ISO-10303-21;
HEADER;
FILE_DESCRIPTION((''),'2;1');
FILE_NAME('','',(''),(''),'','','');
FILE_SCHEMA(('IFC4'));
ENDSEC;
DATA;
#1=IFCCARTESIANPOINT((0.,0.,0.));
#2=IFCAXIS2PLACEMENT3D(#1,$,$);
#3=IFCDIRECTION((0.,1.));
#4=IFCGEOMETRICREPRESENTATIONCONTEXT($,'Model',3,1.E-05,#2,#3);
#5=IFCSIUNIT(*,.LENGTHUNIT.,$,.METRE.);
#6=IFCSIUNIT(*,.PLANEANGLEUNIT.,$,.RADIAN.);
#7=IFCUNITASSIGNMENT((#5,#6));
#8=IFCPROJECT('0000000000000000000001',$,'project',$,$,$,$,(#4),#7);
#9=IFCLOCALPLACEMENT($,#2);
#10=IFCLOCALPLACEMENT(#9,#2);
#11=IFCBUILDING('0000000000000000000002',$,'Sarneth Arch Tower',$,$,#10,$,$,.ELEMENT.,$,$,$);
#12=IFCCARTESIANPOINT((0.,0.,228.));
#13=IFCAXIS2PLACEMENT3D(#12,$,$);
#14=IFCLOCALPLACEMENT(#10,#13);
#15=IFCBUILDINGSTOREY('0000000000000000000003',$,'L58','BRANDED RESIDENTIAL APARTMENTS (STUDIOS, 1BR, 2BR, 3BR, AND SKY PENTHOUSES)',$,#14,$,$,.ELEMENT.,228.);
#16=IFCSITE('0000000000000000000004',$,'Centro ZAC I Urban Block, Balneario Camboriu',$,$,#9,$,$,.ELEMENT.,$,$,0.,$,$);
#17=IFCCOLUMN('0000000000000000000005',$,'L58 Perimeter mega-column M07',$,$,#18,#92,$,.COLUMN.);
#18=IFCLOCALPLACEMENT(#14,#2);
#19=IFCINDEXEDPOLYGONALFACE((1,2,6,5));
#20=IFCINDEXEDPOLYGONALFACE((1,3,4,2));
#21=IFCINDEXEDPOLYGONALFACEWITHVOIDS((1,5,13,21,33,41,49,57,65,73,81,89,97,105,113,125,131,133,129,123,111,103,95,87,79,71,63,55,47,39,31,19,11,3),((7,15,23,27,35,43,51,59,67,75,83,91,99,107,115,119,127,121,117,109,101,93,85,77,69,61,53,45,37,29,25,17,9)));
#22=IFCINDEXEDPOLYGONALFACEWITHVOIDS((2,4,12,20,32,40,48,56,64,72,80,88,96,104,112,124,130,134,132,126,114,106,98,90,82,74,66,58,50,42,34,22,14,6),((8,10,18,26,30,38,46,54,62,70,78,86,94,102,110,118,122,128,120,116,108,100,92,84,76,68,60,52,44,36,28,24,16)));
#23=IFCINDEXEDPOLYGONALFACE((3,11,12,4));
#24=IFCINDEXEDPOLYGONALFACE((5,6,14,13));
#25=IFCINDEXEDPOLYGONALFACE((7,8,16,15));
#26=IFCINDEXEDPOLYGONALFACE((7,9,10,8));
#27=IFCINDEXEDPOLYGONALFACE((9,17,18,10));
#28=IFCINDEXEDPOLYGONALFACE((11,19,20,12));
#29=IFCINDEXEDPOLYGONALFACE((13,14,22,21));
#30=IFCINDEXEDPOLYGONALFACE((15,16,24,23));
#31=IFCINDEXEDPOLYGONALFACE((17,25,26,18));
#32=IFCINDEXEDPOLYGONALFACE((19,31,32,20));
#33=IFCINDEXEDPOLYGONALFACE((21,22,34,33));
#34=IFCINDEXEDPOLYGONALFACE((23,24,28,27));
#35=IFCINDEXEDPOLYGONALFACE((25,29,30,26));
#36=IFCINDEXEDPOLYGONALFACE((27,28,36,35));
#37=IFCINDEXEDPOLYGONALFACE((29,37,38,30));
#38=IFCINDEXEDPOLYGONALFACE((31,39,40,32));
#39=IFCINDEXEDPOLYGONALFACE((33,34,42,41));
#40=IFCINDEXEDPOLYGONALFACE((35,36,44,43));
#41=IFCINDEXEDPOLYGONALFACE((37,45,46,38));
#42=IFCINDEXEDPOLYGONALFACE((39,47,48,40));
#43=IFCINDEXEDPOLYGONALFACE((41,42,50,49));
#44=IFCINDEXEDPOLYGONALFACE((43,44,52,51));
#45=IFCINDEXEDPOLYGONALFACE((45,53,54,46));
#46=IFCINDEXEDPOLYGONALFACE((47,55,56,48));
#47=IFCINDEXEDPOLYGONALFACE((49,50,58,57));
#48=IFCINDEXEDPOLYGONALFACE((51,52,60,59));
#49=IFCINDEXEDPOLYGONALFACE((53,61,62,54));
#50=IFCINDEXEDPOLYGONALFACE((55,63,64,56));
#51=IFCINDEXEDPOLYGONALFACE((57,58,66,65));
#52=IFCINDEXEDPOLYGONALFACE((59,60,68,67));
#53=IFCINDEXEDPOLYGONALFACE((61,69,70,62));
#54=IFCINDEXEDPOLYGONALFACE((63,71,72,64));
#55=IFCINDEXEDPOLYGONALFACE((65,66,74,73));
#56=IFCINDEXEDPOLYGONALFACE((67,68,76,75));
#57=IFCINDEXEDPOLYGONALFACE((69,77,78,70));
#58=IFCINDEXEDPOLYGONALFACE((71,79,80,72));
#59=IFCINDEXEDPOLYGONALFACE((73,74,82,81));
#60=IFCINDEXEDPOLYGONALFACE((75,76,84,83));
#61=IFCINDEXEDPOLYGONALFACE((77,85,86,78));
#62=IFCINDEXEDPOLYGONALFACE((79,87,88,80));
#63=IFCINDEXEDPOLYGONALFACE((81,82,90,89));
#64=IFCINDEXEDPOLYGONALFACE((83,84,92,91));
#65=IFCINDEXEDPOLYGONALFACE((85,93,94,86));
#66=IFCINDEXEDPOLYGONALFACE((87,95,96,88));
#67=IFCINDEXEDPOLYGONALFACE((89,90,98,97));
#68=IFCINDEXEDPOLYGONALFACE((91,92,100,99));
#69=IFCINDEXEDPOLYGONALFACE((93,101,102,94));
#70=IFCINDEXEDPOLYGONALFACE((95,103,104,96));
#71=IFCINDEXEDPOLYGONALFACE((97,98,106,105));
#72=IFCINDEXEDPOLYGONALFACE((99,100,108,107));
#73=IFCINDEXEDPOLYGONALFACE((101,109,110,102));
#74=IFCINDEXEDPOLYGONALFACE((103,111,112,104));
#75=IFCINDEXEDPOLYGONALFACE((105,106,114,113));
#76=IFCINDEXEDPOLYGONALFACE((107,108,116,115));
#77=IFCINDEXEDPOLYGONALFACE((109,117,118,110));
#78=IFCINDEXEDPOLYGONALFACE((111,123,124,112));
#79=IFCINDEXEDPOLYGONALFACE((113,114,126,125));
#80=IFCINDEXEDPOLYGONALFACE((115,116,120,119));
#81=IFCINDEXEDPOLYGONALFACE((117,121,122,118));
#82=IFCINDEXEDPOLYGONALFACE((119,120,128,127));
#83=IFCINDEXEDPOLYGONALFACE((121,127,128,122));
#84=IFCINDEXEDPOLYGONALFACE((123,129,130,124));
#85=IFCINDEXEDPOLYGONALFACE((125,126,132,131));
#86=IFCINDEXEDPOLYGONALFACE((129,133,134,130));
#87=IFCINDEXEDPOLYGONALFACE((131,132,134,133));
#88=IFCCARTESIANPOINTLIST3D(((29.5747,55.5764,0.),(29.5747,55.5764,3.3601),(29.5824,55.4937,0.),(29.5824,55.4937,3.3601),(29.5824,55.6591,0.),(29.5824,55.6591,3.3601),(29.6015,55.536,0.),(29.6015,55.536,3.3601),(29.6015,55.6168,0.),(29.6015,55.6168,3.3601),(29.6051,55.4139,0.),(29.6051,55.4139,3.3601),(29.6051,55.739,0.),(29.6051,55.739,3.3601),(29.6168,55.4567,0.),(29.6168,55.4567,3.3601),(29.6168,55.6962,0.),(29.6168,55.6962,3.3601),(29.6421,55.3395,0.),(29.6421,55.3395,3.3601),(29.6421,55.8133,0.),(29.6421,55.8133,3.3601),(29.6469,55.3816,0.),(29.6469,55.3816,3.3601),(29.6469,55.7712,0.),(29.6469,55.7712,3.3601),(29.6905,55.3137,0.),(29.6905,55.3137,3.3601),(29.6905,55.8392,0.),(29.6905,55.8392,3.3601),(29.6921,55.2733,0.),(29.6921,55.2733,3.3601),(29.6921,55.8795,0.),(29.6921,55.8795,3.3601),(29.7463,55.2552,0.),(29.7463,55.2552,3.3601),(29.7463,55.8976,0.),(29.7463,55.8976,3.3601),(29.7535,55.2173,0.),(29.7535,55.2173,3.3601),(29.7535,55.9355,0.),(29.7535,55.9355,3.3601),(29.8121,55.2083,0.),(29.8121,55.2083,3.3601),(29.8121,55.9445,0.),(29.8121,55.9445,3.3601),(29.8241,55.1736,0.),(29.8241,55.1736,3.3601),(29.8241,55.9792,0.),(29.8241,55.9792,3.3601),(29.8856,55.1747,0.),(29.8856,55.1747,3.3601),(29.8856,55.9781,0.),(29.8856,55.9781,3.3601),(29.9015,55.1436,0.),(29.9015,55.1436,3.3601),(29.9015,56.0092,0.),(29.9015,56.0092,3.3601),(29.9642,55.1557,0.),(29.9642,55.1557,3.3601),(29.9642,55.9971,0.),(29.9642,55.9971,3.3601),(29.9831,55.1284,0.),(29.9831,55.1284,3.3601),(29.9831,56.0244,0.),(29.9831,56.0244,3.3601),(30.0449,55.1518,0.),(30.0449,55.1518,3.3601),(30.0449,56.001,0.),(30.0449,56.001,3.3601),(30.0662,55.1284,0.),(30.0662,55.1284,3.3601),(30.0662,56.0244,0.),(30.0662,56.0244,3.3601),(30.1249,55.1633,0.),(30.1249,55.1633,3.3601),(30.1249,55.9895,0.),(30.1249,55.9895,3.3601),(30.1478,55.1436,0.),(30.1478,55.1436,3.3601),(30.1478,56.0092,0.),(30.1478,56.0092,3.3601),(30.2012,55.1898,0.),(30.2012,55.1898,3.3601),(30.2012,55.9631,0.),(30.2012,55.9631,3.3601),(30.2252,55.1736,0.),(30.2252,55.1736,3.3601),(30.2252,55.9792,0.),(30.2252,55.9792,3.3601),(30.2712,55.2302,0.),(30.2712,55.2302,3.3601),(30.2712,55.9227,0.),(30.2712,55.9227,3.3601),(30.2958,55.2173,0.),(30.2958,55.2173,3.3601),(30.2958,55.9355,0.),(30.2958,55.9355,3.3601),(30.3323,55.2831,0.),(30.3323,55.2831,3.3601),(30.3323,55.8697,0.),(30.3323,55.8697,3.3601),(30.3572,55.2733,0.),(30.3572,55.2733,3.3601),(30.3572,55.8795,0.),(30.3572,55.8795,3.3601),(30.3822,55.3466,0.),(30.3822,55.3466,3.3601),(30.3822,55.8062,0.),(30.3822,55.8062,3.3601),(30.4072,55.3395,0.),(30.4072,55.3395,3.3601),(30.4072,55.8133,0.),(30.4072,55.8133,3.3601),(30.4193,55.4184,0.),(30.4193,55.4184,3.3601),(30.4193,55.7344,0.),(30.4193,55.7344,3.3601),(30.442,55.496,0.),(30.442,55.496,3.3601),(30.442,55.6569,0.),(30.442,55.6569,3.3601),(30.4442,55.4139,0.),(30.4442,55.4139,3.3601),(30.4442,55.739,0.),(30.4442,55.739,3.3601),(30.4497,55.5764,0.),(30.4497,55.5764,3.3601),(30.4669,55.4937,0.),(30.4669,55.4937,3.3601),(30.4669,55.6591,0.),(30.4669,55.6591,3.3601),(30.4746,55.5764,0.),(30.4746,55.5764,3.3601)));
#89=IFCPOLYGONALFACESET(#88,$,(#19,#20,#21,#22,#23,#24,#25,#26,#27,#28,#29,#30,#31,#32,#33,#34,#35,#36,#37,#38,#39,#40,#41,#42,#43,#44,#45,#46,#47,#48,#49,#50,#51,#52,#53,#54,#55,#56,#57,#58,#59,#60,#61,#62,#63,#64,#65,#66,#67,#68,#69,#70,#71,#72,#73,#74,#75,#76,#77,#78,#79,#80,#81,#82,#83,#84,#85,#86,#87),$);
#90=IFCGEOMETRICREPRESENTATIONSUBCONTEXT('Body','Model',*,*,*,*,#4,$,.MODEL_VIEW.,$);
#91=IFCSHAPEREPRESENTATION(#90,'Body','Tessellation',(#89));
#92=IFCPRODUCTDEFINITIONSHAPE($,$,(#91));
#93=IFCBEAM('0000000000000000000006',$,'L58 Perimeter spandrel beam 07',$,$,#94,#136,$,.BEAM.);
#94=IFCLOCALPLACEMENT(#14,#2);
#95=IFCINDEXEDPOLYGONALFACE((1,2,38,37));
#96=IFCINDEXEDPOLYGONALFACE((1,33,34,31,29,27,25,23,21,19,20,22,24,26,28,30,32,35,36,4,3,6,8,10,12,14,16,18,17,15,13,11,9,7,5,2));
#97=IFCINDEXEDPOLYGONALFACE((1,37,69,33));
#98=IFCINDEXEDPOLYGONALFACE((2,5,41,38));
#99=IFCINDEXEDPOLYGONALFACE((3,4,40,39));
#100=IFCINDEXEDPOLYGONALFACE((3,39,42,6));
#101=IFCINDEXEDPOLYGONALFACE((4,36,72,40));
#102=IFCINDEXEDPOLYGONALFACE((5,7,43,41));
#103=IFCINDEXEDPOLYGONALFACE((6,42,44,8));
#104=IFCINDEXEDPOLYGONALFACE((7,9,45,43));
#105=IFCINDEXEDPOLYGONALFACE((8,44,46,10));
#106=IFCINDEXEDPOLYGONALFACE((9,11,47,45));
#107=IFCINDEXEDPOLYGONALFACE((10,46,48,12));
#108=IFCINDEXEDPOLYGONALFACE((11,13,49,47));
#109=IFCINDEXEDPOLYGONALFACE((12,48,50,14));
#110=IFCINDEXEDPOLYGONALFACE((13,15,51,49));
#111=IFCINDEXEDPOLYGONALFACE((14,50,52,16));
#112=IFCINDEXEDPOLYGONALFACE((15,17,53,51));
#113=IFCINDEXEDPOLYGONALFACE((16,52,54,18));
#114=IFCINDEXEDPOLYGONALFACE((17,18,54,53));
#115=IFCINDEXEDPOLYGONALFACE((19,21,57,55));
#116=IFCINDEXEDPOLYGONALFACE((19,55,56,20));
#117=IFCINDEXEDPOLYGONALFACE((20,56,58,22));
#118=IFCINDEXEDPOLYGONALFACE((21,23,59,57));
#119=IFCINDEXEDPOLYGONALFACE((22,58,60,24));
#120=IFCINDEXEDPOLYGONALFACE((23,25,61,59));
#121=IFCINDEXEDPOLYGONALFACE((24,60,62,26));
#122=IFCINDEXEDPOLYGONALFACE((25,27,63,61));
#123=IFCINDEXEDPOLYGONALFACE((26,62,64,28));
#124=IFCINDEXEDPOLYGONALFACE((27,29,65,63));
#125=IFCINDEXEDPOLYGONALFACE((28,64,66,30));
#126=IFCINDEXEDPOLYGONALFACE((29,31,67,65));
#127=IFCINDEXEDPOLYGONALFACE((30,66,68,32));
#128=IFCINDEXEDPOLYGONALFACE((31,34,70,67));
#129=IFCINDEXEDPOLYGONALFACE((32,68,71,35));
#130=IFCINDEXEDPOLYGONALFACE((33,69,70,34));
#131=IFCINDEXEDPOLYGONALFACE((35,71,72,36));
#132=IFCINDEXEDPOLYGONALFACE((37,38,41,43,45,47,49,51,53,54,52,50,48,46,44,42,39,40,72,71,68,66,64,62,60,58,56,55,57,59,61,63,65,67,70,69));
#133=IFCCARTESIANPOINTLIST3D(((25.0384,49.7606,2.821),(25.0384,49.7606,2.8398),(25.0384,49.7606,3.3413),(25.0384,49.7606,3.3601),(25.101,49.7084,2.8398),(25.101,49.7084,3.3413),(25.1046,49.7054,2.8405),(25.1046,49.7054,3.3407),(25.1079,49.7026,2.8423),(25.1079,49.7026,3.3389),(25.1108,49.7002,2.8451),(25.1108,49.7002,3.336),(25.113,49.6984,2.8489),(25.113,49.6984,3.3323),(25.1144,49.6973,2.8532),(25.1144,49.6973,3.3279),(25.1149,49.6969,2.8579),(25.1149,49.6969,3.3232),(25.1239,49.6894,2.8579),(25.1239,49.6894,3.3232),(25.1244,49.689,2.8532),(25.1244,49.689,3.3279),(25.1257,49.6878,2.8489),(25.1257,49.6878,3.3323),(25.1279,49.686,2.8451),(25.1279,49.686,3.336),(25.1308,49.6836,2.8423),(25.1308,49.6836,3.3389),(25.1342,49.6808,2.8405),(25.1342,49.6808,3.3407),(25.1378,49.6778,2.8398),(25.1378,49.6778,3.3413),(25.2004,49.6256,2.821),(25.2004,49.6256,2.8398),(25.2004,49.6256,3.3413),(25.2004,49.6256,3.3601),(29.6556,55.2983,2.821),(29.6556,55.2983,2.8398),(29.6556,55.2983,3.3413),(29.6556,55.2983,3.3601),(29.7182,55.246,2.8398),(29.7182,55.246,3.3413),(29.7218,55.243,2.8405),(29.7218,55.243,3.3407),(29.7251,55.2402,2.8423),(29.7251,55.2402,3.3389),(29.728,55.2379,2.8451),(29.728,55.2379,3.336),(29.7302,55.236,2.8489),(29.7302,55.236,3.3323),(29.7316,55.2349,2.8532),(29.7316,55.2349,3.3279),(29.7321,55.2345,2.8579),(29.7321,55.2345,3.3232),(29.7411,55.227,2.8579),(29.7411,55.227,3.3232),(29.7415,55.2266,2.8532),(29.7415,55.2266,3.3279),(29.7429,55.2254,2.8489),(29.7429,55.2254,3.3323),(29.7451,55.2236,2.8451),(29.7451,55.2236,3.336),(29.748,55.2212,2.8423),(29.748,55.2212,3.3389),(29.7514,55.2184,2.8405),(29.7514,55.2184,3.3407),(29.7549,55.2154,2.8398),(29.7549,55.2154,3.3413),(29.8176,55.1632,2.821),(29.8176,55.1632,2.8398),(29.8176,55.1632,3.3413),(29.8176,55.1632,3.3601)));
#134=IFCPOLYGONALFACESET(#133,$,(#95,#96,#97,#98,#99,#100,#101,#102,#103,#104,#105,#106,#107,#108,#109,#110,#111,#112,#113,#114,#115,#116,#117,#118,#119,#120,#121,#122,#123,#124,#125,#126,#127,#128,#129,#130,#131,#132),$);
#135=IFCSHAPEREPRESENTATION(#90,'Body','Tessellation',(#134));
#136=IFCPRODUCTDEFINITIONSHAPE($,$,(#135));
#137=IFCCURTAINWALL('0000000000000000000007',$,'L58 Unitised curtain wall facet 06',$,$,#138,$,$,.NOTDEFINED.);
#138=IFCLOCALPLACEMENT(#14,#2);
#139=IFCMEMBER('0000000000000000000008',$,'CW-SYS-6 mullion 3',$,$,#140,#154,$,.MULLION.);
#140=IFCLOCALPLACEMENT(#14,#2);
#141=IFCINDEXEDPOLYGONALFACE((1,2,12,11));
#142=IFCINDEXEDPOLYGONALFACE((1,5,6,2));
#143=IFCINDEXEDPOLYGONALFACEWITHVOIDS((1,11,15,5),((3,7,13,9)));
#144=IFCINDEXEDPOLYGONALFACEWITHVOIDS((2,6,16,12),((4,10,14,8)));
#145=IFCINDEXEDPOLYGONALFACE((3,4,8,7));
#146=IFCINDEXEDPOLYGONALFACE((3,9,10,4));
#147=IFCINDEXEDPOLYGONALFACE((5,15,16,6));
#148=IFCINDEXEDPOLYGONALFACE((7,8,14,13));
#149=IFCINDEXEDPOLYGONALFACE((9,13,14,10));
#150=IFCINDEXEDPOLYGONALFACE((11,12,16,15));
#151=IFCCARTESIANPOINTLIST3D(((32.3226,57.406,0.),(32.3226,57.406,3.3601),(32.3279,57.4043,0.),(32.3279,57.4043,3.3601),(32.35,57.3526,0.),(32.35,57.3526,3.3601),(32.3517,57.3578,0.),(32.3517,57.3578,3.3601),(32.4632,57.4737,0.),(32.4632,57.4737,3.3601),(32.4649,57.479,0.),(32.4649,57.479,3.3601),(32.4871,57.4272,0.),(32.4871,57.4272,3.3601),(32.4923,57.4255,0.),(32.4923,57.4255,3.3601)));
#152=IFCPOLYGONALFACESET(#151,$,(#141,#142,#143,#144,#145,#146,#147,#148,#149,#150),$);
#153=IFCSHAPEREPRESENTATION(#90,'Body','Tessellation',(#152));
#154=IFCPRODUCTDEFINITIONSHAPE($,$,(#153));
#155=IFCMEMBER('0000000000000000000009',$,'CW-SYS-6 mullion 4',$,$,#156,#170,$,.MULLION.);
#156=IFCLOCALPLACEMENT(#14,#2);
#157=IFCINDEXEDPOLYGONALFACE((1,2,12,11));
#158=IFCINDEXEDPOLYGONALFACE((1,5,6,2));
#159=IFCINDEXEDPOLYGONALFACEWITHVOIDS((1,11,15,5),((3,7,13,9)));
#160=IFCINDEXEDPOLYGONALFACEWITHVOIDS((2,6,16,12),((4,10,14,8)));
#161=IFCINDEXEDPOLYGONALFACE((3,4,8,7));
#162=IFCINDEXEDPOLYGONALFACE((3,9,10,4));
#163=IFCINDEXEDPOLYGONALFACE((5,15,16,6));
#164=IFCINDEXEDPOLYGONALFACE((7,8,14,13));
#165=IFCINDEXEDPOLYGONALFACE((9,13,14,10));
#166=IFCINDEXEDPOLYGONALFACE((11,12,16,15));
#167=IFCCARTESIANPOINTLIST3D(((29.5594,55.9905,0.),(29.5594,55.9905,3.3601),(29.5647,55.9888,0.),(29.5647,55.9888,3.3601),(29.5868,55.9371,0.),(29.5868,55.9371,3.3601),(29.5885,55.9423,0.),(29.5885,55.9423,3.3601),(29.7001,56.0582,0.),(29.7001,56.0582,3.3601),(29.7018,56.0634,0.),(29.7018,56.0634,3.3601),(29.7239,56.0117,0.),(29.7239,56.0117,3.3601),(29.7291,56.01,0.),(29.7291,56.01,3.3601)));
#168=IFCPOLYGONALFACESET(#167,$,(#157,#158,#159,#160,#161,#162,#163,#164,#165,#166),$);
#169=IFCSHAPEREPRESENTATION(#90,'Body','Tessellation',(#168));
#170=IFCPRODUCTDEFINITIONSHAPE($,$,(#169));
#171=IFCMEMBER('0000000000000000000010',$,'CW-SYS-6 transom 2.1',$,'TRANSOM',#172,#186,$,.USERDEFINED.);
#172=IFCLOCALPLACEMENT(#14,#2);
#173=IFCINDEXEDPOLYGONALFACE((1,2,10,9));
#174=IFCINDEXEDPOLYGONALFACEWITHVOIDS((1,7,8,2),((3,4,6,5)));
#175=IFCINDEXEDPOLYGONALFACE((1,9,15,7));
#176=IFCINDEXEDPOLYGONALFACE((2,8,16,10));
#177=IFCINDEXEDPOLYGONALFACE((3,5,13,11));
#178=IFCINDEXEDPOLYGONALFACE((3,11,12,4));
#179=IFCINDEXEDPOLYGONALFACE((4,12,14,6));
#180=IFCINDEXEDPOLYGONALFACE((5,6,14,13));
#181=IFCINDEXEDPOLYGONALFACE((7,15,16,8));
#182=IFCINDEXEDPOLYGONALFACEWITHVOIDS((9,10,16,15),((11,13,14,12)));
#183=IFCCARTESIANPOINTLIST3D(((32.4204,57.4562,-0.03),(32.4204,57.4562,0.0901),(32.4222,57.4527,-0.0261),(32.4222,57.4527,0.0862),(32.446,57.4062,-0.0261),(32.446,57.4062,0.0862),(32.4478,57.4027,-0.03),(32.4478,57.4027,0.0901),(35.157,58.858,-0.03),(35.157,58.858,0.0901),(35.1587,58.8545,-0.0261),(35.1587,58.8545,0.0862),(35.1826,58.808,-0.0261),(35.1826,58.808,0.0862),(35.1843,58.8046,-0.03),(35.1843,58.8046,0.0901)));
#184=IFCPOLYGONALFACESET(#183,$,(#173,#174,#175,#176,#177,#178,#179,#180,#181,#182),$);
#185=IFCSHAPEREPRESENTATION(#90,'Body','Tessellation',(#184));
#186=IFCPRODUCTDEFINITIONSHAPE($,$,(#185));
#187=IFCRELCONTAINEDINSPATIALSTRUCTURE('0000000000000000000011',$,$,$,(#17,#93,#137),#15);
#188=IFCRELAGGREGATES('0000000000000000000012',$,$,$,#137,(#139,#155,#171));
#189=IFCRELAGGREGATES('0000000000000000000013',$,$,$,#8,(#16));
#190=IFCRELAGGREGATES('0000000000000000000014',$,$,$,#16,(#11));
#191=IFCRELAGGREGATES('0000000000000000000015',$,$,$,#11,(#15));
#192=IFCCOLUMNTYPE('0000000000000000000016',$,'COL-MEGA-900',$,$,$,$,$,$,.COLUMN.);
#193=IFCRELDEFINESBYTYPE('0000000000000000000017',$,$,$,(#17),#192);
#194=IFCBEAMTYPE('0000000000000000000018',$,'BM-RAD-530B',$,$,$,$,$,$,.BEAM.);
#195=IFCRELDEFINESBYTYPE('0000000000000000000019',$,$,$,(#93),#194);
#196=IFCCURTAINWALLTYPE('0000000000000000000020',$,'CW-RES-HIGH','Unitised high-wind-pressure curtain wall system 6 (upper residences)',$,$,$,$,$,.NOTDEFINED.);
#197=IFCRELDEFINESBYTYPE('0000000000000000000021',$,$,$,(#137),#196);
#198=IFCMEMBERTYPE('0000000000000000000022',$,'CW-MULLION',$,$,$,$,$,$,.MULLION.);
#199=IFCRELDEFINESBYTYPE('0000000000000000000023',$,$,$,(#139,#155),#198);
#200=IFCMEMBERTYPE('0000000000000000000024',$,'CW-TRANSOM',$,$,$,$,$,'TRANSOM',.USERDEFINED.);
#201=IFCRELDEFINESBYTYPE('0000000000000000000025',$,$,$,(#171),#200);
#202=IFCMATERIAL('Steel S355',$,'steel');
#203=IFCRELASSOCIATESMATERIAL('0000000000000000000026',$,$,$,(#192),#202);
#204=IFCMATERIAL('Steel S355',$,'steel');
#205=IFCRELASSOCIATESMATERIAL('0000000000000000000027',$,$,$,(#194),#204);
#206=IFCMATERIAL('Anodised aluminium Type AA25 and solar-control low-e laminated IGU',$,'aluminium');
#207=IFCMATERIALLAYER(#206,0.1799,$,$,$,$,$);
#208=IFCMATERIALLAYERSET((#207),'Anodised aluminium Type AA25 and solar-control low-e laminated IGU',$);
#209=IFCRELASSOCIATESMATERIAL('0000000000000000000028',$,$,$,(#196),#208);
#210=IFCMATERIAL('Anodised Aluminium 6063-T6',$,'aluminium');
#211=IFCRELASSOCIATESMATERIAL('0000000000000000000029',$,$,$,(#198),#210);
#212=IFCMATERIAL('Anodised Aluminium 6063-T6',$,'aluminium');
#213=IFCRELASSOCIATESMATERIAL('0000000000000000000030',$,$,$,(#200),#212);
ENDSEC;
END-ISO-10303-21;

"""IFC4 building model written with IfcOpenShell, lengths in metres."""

from ifc_helpers import new_model, si_unit, direction, frame, origin, origin_2d, place, context, subcontext, project, spatial, hollow_rectangle, hollow_circle, i_section, extrude, material, layer, layer_set, material_profile, profile_set, type_object, element, aggregate, save


model = new_model("IFC4")

# Units and contexts
model_context = context("Model", 3, precision=1e-05, world=origin(), true_north=direction((0.0, 1.0)))
body_context = subcontext(model_context, "Body", "Model", "MODEL_VIEW")
ifc_project = project(units=[si_unit("LENGTHUNIT", "METRE"), si_unit("PLANEANGLEUNIT", "RADIAN")], contexts=[model_context])

# Site, building, storey
site_placement = place(None, origin())
site = spatial("IfcSite", under=ifc_project, at=site_placement, Name="Centro ZAC I Urban Block, Balneario Camboriu", CompositionType="ELEMENT", RefElevation=0.0)
building_placement = place(site_placement, origin())
building = spatial("IfcBuilding", under=site, at=building_placement, Name="Sarneth Arch Tower", CompositionType="ELEMENT")
storey_placement = place(building_placement, frame((0.0, 0.0, 228.0)))
storey = spatial("IfcBuildingStorey", under=building, at=storey_placement, Name="L58", Description="BRANDED RESIDENTIAL APARTMENTS (STUDIOS, 1BR, 2BR, 3BR, AND SKY PENTHOUSES)", CompositionType="ELEMENT", Elevation=228.0)

# Column
ifc_material_1 = material(Name="Steel S355", Category="steel")
ifc_material_profile_1 = material_profile(ifc_material_1, hollow_circle(Radius=0.45, WallThickness=0.0249, at=origin_2d()), Name="CHS900x25")
ifc_profile_set_1 = profile_set([ifc_material_profile_1], Name="Steel S355")
column_type = type_object("IfcColumnType", Name="COL-MEGA-900", PredefinedType="COLUMN", material=ifc_profile_set_1)
column_placement = place(storey_placement, frame((30.0247, 55.5764, 0.0), z_axis=(0.0, 0.0, 1.0), x_axis=(1.0, 0.0, 0.0)))
element("IfcColumn", 1, at=column_placement, inside=storey, type_object=column_type, Name="L58 Perimeter mega-column M07", PredefinedType="COLUMN", context=body_context, shape_type="SweptSolid", body=[
    extrude(hollow_circle(Radius=0.45, WallThickness=0.0249, at=origin_2d()), origin(), (0.0, 0.0, 1.0), 3.3601),
])

# Beam
ifc_material_2 = material(Name="Steel S355", Category="steel")
ifc_material_profile_2 = material_profile(ifc_material_2, i_section(OverallWidth=0.2109, OverallDepth=0.5391, WebThickness=0.0117, FlangeThickness=0.0188, FilletRadius=0.0181, at=origin_2d()), Name="W530x109")
ifc_profile_set_2 = profile_set([ifc_material_profile_2], Name="Steel S355")
beam_type = type_object("IfcBeamType", Name="BM-RAD-530B", PredefinedType="BEAM", material=ifc_profile_set_2)
beam_placement = place(storey_placement, frame((29.7366, 55.2307, 3.0906), z_axis=(-0.640391, -0.768049, 0.0), x_axis=(0.768049, -0.640391, 0.0)))
element("IfcBeam", 2, at=beam_placement, inside=storey, type_object=beam_type, Name="L58 Perimeter spandrel beam 07", PredefinedType="BEAM", context=body_context, shape_type="SweptSolid", body=[
    extrude(i_section(OverallWidth=0.2109, OverallDepth=0.5391, WebThickness=0.0117, FlangeThickness=0.0188, FilletRadius=0.0181, at=origin_2d()), origin(), (0.0, 0.0, 1.0), 7.21),
])

# Curtain wall, members
ifc_material_3 = material(Name="Anodised aluminium Type AA25 and solar-control low-e laminated IGU", Category="aluminium")
ifc_layer_1 = layer(ifc_material_3, 0.1799)
ifc_layer_set_1 = layer_set([ifc_layer_1], Name="Anodised aluminium Type AA25 and solar-control low-e laminated IGU")
curtain_wall_type = type_object("IfcCurtainWallType", Name="CW-RES-HIGH", Description="Unitised high-wind-pressure curtain wall system 6 (upper residences)", PredefinedType="NOTDEFINED", material=ifc_layer_set_1)
curtain_wall_placement = place(storey_placement, origin())
curtain_wall = element("IfcCurtainWall", 3, at=curtain_wall_placement, inside=storey, type_object=curtain_wall_type, Name="L58 Unitised curtain wall facet 06", PredefinedType="NOTDEFINED")
ifc_material_4 = material(Name="Anodised Aluminium 6063-T6", Category="aluminium")
ifc_material_profile_3 = material_profile(ifc_material_4, hollow_rectangle(XDim=0.0601, YDim=0.1599, WallThickness=0.0039, at=origin_2d()), Name="AL-MULL-160x60x4")
ifc_profile_set_3 = profile_set([ifc_material_profile_3], Name="Anodised Aluminium 6063-T6")
member_type_1 = type_object("IfcMemberType", Name="CW-MULLION", PredefinedType="MULLION", material=ifc_profile_set_3)
member_1_placement = place(storey_placement, frame((32.4075, 57.4158, 0.0), z_axis=(0.0, 0.0, 1.0), x_axis=(0.455942, -0.89001, 0.0)))
member_1 = element("IfcMember", 4, at=member_1_placement, type_object=member_type_1, Name="CW-SYS-6 mullion 3", PredefinedType="MULLION", context=body_context, shape_type="SweptSolid", body=[
    extrude(hollow_rectangle(XDim=0.0601, YDim=0.1599, WallThickness=0.0039, at=origin_2d()), origin(), (0.0, 0.0, 1.0), 3.3601),
])
member_2_placement = place(storey_placement, frame((29.6443, 56.0002, 0.0), z_axis=(0.0, 0.0, 1.0), x_axis=(0.455942, -0.89001, 0.0)))
member_2 = element("IfcMember", 5, at=member_2_placement, type_object=member_type_1, Name="CW-SYS-6 mullion 4", PredefinedType="MULLION", context=body_context, shape_type="SweptSolid", body=[
    extrude(hollow_rectangle(XDim=0.0601, YDim=0.1599, WallThickness=0.0039, at=origin_2d()), origin(), (0.0, 0.0, 1.0), 3.3601),
])
ifc_material_5 = material(Name="Anodised Aluminium 6063-T6", Category="aluminium")
ifc_material_profile_4 = material_profile(ifc_material_5, hollow_rectangle(XDim=0.0601, YDim=0.1201, WallThickness=0.0039, at=origin_2d()), Name="AL-TRAN-120x60x4")
ifc_profile_set_4 = profile_set([ifc_material_profile_4], Name="Anodised Aluminium 6063-T6")
member_type_2 = type_object("IfcMemberType", Name="CW-TRANSOM", ElementType="TRANSOM", PredefinedType="USERDEFINED", material=ifc_profile_set_4)
member_3_placement = place(storey_placement, frame((35.1707, 58.8313, 0.03), z_axis=(-0.890017, -0.455926, 0.0), x_axis=(0.455926, -0.890017, 0.0)))
member_3 = element("IfcMember", 6, at=member_3_placement, type_object=member_type_2, Name="CW-SYS-6 transom 2.1", ObjectType="TRANSOM", PredefinedType="USERDEFINED", context=body_context, shape_type="SweptSolid", body=[
    extrude(hollow_rectangle(XDim=0.0601, YDim=0.1201, WallThickness=0.0039, at=origin_2d()), origin(), (0.0, 0.0, 1.0), 3.0747),
])

aggregate(curtain_wall, [member_1, member_2, member_3])

save(model, "model.ifc")
